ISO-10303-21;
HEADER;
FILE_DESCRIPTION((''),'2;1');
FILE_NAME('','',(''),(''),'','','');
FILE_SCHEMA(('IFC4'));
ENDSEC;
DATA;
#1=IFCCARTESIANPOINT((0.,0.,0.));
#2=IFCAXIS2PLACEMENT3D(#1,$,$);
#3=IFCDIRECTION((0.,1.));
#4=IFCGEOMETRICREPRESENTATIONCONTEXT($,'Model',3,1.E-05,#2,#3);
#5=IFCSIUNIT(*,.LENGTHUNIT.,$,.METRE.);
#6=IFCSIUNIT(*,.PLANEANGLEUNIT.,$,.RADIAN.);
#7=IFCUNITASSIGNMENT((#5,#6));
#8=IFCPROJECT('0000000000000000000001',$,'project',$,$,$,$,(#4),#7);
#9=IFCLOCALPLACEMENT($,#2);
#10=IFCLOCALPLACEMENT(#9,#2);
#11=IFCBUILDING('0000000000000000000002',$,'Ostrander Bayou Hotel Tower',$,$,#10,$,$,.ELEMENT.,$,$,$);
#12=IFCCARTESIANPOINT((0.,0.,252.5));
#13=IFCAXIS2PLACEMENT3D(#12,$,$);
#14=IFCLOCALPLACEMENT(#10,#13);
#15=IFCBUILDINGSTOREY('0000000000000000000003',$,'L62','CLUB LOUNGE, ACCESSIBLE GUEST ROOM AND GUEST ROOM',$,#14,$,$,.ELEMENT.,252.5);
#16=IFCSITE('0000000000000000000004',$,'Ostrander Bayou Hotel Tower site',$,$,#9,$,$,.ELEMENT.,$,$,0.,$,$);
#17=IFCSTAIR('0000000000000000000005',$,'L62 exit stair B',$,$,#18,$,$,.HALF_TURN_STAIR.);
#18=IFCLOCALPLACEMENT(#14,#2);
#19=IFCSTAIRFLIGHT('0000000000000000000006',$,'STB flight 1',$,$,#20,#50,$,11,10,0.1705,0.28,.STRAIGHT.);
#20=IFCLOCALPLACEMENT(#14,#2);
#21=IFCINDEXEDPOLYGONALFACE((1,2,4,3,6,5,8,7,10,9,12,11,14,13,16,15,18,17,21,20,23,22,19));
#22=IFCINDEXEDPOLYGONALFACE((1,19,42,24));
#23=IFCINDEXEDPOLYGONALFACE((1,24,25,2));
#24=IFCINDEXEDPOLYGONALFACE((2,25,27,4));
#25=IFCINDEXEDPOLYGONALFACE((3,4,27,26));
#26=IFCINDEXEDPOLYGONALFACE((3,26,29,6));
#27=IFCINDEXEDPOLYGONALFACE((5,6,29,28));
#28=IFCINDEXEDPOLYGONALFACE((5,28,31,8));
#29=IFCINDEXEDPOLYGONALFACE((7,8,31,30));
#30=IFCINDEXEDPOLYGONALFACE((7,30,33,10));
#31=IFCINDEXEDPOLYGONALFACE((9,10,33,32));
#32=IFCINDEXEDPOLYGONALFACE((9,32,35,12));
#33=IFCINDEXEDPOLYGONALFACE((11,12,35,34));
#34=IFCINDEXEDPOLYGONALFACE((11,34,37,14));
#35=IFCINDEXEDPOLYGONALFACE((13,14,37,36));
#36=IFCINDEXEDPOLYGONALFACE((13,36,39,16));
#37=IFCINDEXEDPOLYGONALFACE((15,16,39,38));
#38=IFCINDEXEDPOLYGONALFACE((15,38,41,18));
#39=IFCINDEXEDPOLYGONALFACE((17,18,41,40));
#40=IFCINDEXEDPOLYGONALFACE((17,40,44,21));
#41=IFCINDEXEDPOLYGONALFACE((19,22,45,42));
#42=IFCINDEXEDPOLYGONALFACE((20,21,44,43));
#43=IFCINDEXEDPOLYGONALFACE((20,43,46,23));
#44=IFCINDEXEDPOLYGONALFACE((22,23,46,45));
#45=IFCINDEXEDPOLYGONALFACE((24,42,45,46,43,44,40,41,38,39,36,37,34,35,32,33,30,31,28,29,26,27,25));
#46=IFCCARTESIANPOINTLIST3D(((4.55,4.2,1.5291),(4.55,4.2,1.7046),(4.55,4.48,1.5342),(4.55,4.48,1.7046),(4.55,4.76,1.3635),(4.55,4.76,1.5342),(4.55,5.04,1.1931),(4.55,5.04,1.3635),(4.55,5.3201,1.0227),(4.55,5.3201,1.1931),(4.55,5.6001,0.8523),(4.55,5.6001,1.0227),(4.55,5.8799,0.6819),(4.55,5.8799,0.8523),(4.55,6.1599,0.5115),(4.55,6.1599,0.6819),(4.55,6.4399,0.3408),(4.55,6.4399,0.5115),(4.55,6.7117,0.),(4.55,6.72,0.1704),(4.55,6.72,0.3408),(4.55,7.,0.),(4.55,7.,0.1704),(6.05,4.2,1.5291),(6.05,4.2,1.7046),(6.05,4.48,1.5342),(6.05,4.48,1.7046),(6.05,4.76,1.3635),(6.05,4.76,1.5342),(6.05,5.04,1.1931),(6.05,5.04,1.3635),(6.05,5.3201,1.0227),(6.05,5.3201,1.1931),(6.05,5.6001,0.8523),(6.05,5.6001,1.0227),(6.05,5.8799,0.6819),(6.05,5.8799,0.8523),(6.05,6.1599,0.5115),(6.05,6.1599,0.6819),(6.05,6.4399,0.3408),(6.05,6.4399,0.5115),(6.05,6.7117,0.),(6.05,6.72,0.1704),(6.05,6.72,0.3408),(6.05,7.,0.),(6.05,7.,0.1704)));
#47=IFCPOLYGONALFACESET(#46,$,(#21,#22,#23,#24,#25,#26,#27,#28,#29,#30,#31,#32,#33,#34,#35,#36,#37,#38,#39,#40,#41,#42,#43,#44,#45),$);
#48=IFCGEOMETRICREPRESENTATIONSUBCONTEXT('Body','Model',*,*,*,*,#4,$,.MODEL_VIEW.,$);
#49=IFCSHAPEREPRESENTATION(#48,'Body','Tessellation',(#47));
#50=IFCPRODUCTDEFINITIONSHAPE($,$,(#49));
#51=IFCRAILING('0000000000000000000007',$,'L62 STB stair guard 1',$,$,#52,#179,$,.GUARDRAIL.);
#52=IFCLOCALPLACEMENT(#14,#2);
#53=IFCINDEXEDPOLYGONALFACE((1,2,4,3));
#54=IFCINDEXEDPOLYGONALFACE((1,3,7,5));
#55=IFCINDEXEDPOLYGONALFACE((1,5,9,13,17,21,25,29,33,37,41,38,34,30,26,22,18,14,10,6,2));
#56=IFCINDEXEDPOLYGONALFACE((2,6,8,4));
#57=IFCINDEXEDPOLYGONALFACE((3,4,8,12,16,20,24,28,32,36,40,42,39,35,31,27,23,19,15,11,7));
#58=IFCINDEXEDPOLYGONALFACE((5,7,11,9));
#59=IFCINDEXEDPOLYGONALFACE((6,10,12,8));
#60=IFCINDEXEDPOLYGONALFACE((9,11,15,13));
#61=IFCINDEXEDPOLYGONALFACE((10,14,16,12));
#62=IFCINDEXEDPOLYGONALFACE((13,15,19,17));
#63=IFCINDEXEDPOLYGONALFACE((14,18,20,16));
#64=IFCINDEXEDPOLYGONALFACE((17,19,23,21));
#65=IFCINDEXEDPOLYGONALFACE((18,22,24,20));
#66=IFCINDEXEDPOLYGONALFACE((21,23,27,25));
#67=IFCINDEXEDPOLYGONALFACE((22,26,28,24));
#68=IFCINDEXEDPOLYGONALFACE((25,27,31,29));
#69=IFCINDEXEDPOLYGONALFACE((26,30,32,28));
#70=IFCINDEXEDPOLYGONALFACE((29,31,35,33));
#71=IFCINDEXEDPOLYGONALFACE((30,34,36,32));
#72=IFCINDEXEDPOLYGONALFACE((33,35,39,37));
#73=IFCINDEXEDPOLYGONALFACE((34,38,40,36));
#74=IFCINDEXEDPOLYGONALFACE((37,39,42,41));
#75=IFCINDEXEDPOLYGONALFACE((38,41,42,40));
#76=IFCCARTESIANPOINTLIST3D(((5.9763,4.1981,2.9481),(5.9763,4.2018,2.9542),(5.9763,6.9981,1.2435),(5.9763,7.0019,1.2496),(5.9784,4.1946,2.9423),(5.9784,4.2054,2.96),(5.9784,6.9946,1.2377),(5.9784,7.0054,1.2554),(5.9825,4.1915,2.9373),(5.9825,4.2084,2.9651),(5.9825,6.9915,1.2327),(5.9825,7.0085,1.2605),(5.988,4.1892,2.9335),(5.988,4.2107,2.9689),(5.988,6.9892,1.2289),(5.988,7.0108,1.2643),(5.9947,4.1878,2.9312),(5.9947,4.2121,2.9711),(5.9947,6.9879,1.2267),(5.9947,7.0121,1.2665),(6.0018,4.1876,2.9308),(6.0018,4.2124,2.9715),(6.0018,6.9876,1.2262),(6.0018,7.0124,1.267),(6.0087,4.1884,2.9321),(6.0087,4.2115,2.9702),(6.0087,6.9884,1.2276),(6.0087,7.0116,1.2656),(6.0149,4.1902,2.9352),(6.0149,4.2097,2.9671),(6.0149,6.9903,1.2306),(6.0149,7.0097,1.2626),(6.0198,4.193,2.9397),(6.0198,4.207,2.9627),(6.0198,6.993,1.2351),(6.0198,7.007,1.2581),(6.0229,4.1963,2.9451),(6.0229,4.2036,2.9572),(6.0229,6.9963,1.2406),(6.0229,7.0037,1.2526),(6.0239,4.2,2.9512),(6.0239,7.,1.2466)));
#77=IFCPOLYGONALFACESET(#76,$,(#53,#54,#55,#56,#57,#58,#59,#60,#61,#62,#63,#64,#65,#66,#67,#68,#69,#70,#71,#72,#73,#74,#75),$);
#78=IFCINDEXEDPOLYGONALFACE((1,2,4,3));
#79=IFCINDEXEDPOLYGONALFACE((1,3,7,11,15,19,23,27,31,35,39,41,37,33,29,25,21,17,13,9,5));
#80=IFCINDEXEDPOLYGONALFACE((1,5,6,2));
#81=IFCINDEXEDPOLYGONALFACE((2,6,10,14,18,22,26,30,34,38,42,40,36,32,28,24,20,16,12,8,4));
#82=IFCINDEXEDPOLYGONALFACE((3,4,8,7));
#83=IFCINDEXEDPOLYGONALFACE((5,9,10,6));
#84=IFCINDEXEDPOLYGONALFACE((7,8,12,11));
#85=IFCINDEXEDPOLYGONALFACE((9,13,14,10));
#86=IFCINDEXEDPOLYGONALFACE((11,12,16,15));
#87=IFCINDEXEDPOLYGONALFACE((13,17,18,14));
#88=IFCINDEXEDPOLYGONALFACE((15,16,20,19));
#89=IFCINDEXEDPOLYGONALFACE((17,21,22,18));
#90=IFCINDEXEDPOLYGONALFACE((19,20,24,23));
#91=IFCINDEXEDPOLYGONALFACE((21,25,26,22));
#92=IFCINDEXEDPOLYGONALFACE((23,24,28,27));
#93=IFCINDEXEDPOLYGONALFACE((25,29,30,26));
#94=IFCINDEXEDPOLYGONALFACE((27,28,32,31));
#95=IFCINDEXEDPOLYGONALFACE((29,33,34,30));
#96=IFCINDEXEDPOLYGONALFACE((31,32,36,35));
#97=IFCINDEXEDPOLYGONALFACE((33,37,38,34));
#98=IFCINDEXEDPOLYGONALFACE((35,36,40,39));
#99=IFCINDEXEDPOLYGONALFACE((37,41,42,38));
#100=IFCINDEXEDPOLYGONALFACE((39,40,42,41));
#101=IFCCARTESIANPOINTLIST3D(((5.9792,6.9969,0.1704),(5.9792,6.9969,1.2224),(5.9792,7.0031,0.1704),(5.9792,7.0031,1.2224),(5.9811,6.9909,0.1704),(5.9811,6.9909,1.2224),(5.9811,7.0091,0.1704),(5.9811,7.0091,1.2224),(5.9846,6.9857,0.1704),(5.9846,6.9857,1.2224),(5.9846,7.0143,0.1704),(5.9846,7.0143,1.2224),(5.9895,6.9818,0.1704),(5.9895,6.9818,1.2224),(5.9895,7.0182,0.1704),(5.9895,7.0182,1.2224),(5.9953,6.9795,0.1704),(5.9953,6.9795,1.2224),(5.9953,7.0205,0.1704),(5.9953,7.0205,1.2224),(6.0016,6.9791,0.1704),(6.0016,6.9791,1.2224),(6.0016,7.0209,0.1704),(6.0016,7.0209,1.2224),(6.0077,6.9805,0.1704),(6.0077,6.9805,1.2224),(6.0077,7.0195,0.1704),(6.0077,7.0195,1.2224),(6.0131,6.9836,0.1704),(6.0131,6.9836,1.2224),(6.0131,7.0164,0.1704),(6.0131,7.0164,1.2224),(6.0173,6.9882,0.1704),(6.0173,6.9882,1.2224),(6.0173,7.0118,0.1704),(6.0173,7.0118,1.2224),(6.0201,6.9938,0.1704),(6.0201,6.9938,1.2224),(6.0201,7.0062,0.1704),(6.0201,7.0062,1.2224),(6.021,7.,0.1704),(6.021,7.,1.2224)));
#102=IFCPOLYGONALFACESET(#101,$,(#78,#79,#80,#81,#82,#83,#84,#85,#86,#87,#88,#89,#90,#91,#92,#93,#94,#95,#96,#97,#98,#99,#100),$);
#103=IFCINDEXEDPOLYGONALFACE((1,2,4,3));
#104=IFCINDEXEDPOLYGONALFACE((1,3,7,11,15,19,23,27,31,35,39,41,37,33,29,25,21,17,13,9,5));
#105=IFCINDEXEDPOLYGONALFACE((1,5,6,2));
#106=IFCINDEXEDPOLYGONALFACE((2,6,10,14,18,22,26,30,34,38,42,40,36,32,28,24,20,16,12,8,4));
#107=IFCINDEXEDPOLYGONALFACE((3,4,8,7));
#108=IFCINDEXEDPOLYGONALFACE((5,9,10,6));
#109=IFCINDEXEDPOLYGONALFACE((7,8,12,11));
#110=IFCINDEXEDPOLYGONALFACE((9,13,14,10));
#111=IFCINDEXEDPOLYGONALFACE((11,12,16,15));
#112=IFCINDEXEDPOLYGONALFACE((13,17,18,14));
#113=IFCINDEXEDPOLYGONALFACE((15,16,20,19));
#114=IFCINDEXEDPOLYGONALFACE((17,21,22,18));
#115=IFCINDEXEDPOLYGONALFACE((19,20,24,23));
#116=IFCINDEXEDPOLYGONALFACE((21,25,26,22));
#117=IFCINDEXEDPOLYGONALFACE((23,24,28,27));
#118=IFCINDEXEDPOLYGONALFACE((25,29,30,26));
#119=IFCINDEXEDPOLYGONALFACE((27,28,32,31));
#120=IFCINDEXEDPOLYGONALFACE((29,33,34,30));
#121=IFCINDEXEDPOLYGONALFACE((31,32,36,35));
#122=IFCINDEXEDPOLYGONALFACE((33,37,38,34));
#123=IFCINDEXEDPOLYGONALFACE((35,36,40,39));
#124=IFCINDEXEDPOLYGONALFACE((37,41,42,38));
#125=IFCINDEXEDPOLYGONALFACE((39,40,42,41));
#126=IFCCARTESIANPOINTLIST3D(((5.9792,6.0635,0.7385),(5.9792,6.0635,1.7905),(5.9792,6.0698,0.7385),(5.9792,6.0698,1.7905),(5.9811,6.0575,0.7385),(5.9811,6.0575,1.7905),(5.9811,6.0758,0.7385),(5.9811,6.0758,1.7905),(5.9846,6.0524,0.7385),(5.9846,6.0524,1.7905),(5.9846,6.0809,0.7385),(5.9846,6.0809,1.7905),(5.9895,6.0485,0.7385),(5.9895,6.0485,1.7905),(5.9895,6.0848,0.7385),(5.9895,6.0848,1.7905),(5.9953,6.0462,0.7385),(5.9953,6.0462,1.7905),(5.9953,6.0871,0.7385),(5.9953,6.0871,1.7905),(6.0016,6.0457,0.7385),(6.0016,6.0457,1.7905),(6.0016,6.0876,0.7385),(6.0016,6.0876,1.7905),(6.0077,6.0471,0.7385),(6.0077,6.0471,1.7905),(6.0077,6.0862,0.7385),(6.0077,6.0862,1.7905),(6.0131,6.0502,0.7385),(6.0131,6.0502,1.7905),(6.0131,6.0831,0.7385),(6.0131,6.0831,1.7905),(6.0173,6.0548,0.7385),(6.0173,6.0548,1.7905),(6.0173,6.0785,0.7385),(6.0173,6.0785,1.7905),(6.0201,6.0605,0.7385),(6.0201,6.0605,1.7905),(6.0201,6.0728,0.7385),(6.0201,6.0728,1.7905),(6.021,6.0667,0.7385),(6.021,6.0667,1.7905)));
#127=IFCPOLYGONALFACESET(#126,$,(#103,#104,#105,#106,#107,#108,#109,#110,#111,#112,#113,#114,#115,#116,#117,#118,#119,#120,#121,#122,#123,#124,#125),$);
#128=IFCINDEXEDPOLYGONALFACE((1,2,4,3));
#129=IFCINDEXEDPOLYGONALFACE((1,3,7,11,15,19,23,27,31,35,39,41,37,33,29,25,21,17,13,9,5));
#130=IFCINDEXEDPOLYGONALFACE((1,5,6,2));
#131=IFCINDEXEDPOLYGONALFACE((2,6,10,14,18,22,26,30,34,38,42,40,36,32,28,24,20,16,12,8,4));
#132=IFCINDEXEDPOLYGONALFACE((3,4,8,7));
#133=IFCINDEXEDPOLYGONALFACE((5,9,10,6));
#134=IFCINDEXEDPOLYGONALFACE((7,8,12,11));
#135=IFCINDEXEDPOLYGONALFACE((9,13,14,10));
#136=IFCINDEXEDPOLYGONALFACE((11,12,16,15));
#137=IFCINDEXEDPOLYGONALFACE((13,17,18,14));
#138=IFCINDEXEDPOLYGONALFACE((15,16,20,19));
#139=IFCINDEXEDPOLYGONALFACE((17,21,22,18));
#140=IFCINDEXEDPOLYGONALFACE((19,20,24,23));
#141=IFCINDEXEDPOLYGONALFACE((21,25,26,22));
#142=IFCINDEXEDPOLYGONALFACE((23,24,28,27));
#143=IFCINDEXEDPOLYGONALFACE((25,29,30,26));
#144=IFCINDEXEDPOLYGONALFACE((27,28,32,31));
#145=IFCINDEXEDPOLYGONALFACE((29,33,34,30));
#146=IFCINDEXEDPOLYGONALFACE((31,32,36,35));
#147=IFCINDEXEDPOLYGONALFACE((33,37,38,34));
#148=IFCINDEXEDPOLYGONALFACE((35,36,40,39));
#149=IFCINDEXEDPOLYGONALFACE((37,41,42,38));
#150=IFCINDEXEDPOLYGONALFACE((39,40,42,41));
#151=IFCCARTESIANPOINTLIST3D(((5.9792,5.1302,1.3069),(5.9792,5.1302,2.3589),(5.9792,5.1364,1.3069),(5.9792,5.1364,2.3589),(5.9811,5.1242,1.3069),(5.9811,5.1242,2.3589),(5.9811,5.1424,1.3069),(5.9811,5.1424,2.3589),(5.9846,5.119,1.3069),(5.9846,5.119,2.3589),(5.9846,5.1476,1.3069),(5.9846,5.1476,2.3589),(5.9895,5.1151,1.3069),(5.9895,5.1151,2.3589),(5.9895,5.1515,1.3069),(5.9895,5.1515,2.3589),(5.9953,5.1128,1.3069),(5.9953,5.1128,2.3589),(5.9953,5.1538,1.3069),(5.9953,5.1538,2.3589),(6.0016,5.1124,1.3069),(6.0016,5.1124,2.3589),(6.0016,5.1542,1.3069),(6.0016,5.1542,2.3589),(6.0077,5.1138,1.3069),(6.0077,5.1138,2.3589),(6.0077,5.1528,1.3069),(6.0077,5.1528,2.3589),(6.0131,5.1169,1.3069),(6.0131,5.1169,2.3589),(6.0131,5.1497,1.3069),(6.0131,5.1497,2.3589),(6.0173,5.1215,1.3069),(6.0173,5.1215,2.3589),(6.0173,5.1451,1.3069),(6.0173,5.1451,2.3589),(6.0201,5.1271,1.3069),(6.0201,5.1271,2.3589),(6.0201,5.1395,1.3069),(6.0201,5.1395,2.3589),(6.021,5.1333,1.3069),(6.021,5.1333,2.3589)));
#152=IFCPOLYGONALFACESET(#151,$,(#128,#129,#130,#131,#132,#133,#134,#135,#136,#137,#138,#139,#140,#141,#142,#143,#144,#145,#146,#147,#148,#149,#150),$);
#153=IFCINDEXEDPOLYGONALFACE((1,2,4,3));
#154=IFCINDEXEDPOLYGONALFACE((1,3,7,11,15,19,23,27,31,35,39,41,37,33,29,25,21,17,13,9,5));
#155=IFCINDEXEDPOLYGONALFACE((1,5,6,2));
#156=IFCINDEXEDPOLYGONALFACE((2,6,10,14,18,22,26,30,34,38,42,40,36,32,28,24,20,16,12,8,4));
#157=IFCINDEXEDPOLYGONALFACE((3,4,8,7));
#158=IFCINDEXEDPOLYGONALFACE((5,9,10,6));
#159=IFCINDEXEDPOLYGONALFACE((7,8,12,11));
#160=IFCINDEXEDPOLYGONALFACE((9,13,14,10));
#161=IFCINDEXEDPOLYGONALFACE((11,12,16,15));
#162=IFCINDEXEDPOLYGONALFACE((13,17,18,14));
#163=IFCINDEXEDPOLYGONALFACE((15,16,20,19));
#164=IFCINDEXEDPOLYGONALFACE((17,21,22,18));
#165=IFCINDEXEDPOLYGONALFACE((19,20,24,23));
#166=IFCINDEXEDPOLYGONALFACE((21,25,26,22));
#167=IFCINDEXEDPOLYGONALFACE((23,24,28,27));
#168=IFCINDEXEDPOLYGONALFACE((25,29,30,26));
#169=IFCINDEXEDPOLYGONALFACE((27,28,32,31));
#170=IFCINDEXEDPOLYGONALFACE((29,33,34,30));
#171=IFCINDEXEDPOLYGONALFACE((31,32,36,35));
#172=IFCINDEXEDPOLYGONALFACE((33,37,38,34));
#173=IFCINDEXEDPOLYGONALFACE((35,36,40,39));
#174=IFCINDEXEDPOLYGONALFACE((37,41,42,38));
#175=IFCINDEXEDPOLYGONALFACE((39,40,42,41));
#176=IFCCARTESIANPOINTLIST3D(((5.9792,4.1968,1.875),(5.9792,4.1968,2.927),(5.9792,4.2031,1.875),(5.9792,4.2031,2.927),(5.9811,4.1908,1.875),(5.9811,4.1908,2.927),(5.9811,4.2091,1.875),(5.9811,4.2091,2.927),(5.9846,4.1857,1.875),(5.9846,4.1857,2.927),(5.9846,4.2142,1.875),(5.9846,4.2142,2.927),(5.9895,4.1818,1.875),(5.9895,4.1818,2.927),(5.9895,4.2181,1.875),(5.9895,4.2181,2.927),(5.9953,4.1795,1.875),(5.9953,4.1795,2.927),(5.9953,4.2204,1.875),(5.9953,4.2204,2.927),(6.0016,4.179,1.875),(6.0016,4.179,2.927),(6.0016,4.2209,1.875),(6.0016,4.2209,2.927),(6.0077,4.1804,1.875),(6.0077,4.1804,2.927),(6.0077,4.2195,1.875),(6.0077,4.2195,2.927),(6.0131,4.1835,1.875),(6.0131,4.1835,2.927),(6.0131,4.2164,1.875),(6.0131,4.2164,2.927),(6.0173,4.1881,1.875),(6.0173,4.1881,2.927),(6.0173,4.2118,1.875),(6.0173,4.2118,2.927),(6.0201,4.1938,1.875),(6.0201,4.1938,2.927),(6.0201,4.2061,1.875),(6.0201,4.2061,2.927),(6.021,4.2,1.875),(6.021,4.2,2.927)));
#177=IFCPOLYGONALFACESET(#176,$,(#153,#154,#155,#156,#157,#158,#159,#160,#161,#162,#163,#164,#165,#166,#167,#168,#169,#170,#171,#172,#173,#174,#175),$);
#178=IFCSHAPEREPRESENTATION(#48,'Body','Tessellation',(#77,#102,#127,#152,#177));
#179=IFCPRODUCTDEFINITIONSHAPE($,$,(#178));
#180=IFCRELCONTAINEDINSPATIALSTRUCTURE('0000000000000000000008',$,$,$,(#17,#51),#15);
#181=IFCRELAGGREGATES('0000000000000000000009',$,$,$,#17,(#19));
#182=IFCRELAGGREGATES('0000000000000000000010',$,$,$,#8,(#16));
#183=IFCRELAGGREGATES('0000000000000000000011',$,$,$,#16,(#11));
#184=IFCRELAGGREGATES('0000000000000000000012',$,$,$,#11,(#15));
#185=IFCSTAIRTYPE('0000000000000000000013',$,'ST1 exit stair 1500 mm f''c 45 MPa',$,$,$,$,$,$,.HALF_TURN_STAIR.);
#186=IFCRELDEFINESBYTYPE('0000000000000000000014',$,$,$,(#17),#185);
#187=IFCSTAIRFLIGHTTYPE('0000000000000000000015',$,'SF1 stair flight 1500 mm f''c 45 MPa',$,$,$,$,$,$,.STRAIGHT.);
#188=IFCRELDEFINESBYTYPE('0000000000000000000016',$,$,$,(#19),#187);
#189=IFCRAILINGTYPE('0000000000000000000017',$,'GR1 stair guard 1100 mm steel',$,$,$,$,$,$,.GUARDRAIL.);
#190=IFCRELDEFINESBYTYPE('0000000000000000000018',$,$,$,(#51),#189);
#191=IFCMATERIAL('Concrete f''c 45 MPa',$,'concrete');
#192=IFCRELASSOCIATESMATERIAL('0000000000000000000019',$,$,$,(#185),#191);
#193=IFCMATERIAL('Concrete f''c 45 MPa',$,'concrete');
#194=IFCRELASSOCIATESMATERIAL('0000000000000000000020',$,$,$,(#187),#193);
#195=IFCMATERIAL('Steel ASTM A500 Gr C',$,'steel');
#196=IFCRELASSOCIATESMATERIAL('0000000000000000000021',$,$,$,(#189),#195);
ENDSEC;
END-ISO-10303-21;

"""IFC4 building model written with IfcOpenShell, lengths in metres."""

from ifc_helpers import new_model, si_unit, direction, frame, origin, origin_2d, place, context, subcontext, project, spatial, polyline, circle, outline, extrude, material, type_object, element, aggregate, save


model = new_model("IFC4")

# Units and contexts
model_context = context("Model", 3, precision=1e-05, world=origin(), true_north=direction((0.0, 1.0)))
body_context = subcontext(model_context, "Body", "Model", "MODEL_VIEW")
ifc_project = project(units=[si_unit("LENGTHUNIT", "METRE"), si_unit("PLANEANGLEUNIT", "RADIAN")], contexts=[model_context])

# Site, building, storey
site_placement = place(None, origin())
site = spatial("IfcSite", under=ifc_project, at=site_placement, Name="Ostrander Bayou Hotel Tower site", CompositionType="ELEMENT", RefElevation=0.0)
building_placement = place(site_placement, origin())
building = spatial("IfcBuilding", under=site, at=building_placement, Name="Ostrander Bayou Hotel Tower", CompositionType="ELEMENT")
storey_placement = place(building_placement, frame((0.0, 0.0, 252.5)))
storey = spatial("IfcBuildingStorey", under=building, at=storey_placement, Name="L62", Description="CLUB LOUNGE, ACCESSIBLE GUEST ROOM AND GUEST ROOM", CompositionType="ELEMENT", Elevation=252.5)

# Stair, stair flight
ifc_material_1 = material(Name="Concrete f'c 45 MPa", Category="concrete")
stair_type = type_object("IfcStairType", Name="ST1 exit stair 1500 mm f'c 45 MPa", PredefinedType="HALF_TURN_STAIR", material=ifc_material_1)
stair_placement = place(storey_placement, origin())
stair = element("IfcStair", 1, at=stair_placement, inside=storey, type_object=stair_type, Name="L62 exit stair B", PredefinedType="HALF_TURN_STAIR")
ifc_material_2 = material(Name="Concrete f'c 45 MPa", Category="concrete")
stair_flight_type = type_object("IfcStairFlightType", Name="SF1 stair flight 1500 mm f'c 45 MPa", PredefinedType="STRAIGHT", material=ifc_material_2)
stair_flight_placement = place(storey_placement, frame((5.3, 7.0, 0.0), z_axis=(0.0, 0.0, 1.0), x_axis=(0.0, -1.0, 0.0)))
stair_flight = element("IfcStairFlight", 2, at=stair_flight_placement, type_object=stair_flight_type, Name="STB flight 1", NumberOfRisers=11, NumberOfTreads=10, PredefinedType="STRAIGHT", RiserHeight=0.1705, TreadLength=0.28, context=body_context, shape_type="SweptSolid", body=[
    extrude(outline(polyline([(0.0, 0.0), (0.0, 0.1704), (0.28, 0.1704), (0.28, 0.3408), (0.5601, 0.3408), (0.5601, 0.5115), (0.8401, 0.5115), (0.8401, 0.6819), (1.1201, 0.6819), (1.1201, 0.8523), (1.3999, 0.8523), (1.3999, 1.0227), (1.6799, 1.0227), (1.6799, 1.1931), (1.96, 1.1931), (1.96, 1.3635), (2.24, 1.3635), (2.24, 1.5342), (2.52, 1.5342), (2.52, 1.7046), (2.8, 1.7046), (2.8, 1.875), (2.8, 1.5291), (0.2883, 0.0), (0.0, 0.0)])), frame((0.0, 0.75, 0.0), z_axis=(0.0, -1.0, 0.0), x_axis=(1.0, 0.0, 0.0)), (0.0, 0.0, 1.0), 1.5),
])
aggregate(stair, [stair_flight])

# Railing
ifc_material_3 = material(Name="Steel ASTM A500 Gr C", Category="steel")
railing_type_1 = type_object("IfcRailingType", Name="GR1 stair guard 1100 mm steel", PredefinedType="GUARDRAIL", material=ifc_material_3)
railing_1_placement = place(storey_placement, frame((6.0, 7.0, 0.1704)))
element("IfcRailing", 3, at=railing_1_placement, inside=storey, type_object=railing_type_1, Name="L62 STB stair guard 1", PredefinedType="GUARDRAIL", context=body_context, shape_type="SweptSolid", body=[
    extrude(circle(Radius=0.0239, at=origin_2d()), frame((0.0, 0.0, 1.0762), z_axis=(0.0, -0.85417, 0.519994), x_axis=(1.0, 0.0, 0.0)), (0.0, 0.0, 1.0), 3.2781),
    extrude(circle(Radius=0.021, at=origin_2d()), origin(), (0.0, 0.0, 1.0), 1.052),
    extrude(circle(Radius=0.021, at=origin_2d()), frame((0.0, -0.9333, 0.5681)), (0.0, 0.0, 1.0), 1.052),
    extrude(circle(Radius=0.021, at=origin_2d()), frame((0.0, -1.8667, 1.1365)), (0.0, 0.0, 1.0), 1.052),
    extrude(circle(Radius=0.021, at=origin_2d()), frame((0.0, -2.8, 1.7046)), (0.0, 0.0, 1.0), 1.052),
])

save(model, "model.ifc")
